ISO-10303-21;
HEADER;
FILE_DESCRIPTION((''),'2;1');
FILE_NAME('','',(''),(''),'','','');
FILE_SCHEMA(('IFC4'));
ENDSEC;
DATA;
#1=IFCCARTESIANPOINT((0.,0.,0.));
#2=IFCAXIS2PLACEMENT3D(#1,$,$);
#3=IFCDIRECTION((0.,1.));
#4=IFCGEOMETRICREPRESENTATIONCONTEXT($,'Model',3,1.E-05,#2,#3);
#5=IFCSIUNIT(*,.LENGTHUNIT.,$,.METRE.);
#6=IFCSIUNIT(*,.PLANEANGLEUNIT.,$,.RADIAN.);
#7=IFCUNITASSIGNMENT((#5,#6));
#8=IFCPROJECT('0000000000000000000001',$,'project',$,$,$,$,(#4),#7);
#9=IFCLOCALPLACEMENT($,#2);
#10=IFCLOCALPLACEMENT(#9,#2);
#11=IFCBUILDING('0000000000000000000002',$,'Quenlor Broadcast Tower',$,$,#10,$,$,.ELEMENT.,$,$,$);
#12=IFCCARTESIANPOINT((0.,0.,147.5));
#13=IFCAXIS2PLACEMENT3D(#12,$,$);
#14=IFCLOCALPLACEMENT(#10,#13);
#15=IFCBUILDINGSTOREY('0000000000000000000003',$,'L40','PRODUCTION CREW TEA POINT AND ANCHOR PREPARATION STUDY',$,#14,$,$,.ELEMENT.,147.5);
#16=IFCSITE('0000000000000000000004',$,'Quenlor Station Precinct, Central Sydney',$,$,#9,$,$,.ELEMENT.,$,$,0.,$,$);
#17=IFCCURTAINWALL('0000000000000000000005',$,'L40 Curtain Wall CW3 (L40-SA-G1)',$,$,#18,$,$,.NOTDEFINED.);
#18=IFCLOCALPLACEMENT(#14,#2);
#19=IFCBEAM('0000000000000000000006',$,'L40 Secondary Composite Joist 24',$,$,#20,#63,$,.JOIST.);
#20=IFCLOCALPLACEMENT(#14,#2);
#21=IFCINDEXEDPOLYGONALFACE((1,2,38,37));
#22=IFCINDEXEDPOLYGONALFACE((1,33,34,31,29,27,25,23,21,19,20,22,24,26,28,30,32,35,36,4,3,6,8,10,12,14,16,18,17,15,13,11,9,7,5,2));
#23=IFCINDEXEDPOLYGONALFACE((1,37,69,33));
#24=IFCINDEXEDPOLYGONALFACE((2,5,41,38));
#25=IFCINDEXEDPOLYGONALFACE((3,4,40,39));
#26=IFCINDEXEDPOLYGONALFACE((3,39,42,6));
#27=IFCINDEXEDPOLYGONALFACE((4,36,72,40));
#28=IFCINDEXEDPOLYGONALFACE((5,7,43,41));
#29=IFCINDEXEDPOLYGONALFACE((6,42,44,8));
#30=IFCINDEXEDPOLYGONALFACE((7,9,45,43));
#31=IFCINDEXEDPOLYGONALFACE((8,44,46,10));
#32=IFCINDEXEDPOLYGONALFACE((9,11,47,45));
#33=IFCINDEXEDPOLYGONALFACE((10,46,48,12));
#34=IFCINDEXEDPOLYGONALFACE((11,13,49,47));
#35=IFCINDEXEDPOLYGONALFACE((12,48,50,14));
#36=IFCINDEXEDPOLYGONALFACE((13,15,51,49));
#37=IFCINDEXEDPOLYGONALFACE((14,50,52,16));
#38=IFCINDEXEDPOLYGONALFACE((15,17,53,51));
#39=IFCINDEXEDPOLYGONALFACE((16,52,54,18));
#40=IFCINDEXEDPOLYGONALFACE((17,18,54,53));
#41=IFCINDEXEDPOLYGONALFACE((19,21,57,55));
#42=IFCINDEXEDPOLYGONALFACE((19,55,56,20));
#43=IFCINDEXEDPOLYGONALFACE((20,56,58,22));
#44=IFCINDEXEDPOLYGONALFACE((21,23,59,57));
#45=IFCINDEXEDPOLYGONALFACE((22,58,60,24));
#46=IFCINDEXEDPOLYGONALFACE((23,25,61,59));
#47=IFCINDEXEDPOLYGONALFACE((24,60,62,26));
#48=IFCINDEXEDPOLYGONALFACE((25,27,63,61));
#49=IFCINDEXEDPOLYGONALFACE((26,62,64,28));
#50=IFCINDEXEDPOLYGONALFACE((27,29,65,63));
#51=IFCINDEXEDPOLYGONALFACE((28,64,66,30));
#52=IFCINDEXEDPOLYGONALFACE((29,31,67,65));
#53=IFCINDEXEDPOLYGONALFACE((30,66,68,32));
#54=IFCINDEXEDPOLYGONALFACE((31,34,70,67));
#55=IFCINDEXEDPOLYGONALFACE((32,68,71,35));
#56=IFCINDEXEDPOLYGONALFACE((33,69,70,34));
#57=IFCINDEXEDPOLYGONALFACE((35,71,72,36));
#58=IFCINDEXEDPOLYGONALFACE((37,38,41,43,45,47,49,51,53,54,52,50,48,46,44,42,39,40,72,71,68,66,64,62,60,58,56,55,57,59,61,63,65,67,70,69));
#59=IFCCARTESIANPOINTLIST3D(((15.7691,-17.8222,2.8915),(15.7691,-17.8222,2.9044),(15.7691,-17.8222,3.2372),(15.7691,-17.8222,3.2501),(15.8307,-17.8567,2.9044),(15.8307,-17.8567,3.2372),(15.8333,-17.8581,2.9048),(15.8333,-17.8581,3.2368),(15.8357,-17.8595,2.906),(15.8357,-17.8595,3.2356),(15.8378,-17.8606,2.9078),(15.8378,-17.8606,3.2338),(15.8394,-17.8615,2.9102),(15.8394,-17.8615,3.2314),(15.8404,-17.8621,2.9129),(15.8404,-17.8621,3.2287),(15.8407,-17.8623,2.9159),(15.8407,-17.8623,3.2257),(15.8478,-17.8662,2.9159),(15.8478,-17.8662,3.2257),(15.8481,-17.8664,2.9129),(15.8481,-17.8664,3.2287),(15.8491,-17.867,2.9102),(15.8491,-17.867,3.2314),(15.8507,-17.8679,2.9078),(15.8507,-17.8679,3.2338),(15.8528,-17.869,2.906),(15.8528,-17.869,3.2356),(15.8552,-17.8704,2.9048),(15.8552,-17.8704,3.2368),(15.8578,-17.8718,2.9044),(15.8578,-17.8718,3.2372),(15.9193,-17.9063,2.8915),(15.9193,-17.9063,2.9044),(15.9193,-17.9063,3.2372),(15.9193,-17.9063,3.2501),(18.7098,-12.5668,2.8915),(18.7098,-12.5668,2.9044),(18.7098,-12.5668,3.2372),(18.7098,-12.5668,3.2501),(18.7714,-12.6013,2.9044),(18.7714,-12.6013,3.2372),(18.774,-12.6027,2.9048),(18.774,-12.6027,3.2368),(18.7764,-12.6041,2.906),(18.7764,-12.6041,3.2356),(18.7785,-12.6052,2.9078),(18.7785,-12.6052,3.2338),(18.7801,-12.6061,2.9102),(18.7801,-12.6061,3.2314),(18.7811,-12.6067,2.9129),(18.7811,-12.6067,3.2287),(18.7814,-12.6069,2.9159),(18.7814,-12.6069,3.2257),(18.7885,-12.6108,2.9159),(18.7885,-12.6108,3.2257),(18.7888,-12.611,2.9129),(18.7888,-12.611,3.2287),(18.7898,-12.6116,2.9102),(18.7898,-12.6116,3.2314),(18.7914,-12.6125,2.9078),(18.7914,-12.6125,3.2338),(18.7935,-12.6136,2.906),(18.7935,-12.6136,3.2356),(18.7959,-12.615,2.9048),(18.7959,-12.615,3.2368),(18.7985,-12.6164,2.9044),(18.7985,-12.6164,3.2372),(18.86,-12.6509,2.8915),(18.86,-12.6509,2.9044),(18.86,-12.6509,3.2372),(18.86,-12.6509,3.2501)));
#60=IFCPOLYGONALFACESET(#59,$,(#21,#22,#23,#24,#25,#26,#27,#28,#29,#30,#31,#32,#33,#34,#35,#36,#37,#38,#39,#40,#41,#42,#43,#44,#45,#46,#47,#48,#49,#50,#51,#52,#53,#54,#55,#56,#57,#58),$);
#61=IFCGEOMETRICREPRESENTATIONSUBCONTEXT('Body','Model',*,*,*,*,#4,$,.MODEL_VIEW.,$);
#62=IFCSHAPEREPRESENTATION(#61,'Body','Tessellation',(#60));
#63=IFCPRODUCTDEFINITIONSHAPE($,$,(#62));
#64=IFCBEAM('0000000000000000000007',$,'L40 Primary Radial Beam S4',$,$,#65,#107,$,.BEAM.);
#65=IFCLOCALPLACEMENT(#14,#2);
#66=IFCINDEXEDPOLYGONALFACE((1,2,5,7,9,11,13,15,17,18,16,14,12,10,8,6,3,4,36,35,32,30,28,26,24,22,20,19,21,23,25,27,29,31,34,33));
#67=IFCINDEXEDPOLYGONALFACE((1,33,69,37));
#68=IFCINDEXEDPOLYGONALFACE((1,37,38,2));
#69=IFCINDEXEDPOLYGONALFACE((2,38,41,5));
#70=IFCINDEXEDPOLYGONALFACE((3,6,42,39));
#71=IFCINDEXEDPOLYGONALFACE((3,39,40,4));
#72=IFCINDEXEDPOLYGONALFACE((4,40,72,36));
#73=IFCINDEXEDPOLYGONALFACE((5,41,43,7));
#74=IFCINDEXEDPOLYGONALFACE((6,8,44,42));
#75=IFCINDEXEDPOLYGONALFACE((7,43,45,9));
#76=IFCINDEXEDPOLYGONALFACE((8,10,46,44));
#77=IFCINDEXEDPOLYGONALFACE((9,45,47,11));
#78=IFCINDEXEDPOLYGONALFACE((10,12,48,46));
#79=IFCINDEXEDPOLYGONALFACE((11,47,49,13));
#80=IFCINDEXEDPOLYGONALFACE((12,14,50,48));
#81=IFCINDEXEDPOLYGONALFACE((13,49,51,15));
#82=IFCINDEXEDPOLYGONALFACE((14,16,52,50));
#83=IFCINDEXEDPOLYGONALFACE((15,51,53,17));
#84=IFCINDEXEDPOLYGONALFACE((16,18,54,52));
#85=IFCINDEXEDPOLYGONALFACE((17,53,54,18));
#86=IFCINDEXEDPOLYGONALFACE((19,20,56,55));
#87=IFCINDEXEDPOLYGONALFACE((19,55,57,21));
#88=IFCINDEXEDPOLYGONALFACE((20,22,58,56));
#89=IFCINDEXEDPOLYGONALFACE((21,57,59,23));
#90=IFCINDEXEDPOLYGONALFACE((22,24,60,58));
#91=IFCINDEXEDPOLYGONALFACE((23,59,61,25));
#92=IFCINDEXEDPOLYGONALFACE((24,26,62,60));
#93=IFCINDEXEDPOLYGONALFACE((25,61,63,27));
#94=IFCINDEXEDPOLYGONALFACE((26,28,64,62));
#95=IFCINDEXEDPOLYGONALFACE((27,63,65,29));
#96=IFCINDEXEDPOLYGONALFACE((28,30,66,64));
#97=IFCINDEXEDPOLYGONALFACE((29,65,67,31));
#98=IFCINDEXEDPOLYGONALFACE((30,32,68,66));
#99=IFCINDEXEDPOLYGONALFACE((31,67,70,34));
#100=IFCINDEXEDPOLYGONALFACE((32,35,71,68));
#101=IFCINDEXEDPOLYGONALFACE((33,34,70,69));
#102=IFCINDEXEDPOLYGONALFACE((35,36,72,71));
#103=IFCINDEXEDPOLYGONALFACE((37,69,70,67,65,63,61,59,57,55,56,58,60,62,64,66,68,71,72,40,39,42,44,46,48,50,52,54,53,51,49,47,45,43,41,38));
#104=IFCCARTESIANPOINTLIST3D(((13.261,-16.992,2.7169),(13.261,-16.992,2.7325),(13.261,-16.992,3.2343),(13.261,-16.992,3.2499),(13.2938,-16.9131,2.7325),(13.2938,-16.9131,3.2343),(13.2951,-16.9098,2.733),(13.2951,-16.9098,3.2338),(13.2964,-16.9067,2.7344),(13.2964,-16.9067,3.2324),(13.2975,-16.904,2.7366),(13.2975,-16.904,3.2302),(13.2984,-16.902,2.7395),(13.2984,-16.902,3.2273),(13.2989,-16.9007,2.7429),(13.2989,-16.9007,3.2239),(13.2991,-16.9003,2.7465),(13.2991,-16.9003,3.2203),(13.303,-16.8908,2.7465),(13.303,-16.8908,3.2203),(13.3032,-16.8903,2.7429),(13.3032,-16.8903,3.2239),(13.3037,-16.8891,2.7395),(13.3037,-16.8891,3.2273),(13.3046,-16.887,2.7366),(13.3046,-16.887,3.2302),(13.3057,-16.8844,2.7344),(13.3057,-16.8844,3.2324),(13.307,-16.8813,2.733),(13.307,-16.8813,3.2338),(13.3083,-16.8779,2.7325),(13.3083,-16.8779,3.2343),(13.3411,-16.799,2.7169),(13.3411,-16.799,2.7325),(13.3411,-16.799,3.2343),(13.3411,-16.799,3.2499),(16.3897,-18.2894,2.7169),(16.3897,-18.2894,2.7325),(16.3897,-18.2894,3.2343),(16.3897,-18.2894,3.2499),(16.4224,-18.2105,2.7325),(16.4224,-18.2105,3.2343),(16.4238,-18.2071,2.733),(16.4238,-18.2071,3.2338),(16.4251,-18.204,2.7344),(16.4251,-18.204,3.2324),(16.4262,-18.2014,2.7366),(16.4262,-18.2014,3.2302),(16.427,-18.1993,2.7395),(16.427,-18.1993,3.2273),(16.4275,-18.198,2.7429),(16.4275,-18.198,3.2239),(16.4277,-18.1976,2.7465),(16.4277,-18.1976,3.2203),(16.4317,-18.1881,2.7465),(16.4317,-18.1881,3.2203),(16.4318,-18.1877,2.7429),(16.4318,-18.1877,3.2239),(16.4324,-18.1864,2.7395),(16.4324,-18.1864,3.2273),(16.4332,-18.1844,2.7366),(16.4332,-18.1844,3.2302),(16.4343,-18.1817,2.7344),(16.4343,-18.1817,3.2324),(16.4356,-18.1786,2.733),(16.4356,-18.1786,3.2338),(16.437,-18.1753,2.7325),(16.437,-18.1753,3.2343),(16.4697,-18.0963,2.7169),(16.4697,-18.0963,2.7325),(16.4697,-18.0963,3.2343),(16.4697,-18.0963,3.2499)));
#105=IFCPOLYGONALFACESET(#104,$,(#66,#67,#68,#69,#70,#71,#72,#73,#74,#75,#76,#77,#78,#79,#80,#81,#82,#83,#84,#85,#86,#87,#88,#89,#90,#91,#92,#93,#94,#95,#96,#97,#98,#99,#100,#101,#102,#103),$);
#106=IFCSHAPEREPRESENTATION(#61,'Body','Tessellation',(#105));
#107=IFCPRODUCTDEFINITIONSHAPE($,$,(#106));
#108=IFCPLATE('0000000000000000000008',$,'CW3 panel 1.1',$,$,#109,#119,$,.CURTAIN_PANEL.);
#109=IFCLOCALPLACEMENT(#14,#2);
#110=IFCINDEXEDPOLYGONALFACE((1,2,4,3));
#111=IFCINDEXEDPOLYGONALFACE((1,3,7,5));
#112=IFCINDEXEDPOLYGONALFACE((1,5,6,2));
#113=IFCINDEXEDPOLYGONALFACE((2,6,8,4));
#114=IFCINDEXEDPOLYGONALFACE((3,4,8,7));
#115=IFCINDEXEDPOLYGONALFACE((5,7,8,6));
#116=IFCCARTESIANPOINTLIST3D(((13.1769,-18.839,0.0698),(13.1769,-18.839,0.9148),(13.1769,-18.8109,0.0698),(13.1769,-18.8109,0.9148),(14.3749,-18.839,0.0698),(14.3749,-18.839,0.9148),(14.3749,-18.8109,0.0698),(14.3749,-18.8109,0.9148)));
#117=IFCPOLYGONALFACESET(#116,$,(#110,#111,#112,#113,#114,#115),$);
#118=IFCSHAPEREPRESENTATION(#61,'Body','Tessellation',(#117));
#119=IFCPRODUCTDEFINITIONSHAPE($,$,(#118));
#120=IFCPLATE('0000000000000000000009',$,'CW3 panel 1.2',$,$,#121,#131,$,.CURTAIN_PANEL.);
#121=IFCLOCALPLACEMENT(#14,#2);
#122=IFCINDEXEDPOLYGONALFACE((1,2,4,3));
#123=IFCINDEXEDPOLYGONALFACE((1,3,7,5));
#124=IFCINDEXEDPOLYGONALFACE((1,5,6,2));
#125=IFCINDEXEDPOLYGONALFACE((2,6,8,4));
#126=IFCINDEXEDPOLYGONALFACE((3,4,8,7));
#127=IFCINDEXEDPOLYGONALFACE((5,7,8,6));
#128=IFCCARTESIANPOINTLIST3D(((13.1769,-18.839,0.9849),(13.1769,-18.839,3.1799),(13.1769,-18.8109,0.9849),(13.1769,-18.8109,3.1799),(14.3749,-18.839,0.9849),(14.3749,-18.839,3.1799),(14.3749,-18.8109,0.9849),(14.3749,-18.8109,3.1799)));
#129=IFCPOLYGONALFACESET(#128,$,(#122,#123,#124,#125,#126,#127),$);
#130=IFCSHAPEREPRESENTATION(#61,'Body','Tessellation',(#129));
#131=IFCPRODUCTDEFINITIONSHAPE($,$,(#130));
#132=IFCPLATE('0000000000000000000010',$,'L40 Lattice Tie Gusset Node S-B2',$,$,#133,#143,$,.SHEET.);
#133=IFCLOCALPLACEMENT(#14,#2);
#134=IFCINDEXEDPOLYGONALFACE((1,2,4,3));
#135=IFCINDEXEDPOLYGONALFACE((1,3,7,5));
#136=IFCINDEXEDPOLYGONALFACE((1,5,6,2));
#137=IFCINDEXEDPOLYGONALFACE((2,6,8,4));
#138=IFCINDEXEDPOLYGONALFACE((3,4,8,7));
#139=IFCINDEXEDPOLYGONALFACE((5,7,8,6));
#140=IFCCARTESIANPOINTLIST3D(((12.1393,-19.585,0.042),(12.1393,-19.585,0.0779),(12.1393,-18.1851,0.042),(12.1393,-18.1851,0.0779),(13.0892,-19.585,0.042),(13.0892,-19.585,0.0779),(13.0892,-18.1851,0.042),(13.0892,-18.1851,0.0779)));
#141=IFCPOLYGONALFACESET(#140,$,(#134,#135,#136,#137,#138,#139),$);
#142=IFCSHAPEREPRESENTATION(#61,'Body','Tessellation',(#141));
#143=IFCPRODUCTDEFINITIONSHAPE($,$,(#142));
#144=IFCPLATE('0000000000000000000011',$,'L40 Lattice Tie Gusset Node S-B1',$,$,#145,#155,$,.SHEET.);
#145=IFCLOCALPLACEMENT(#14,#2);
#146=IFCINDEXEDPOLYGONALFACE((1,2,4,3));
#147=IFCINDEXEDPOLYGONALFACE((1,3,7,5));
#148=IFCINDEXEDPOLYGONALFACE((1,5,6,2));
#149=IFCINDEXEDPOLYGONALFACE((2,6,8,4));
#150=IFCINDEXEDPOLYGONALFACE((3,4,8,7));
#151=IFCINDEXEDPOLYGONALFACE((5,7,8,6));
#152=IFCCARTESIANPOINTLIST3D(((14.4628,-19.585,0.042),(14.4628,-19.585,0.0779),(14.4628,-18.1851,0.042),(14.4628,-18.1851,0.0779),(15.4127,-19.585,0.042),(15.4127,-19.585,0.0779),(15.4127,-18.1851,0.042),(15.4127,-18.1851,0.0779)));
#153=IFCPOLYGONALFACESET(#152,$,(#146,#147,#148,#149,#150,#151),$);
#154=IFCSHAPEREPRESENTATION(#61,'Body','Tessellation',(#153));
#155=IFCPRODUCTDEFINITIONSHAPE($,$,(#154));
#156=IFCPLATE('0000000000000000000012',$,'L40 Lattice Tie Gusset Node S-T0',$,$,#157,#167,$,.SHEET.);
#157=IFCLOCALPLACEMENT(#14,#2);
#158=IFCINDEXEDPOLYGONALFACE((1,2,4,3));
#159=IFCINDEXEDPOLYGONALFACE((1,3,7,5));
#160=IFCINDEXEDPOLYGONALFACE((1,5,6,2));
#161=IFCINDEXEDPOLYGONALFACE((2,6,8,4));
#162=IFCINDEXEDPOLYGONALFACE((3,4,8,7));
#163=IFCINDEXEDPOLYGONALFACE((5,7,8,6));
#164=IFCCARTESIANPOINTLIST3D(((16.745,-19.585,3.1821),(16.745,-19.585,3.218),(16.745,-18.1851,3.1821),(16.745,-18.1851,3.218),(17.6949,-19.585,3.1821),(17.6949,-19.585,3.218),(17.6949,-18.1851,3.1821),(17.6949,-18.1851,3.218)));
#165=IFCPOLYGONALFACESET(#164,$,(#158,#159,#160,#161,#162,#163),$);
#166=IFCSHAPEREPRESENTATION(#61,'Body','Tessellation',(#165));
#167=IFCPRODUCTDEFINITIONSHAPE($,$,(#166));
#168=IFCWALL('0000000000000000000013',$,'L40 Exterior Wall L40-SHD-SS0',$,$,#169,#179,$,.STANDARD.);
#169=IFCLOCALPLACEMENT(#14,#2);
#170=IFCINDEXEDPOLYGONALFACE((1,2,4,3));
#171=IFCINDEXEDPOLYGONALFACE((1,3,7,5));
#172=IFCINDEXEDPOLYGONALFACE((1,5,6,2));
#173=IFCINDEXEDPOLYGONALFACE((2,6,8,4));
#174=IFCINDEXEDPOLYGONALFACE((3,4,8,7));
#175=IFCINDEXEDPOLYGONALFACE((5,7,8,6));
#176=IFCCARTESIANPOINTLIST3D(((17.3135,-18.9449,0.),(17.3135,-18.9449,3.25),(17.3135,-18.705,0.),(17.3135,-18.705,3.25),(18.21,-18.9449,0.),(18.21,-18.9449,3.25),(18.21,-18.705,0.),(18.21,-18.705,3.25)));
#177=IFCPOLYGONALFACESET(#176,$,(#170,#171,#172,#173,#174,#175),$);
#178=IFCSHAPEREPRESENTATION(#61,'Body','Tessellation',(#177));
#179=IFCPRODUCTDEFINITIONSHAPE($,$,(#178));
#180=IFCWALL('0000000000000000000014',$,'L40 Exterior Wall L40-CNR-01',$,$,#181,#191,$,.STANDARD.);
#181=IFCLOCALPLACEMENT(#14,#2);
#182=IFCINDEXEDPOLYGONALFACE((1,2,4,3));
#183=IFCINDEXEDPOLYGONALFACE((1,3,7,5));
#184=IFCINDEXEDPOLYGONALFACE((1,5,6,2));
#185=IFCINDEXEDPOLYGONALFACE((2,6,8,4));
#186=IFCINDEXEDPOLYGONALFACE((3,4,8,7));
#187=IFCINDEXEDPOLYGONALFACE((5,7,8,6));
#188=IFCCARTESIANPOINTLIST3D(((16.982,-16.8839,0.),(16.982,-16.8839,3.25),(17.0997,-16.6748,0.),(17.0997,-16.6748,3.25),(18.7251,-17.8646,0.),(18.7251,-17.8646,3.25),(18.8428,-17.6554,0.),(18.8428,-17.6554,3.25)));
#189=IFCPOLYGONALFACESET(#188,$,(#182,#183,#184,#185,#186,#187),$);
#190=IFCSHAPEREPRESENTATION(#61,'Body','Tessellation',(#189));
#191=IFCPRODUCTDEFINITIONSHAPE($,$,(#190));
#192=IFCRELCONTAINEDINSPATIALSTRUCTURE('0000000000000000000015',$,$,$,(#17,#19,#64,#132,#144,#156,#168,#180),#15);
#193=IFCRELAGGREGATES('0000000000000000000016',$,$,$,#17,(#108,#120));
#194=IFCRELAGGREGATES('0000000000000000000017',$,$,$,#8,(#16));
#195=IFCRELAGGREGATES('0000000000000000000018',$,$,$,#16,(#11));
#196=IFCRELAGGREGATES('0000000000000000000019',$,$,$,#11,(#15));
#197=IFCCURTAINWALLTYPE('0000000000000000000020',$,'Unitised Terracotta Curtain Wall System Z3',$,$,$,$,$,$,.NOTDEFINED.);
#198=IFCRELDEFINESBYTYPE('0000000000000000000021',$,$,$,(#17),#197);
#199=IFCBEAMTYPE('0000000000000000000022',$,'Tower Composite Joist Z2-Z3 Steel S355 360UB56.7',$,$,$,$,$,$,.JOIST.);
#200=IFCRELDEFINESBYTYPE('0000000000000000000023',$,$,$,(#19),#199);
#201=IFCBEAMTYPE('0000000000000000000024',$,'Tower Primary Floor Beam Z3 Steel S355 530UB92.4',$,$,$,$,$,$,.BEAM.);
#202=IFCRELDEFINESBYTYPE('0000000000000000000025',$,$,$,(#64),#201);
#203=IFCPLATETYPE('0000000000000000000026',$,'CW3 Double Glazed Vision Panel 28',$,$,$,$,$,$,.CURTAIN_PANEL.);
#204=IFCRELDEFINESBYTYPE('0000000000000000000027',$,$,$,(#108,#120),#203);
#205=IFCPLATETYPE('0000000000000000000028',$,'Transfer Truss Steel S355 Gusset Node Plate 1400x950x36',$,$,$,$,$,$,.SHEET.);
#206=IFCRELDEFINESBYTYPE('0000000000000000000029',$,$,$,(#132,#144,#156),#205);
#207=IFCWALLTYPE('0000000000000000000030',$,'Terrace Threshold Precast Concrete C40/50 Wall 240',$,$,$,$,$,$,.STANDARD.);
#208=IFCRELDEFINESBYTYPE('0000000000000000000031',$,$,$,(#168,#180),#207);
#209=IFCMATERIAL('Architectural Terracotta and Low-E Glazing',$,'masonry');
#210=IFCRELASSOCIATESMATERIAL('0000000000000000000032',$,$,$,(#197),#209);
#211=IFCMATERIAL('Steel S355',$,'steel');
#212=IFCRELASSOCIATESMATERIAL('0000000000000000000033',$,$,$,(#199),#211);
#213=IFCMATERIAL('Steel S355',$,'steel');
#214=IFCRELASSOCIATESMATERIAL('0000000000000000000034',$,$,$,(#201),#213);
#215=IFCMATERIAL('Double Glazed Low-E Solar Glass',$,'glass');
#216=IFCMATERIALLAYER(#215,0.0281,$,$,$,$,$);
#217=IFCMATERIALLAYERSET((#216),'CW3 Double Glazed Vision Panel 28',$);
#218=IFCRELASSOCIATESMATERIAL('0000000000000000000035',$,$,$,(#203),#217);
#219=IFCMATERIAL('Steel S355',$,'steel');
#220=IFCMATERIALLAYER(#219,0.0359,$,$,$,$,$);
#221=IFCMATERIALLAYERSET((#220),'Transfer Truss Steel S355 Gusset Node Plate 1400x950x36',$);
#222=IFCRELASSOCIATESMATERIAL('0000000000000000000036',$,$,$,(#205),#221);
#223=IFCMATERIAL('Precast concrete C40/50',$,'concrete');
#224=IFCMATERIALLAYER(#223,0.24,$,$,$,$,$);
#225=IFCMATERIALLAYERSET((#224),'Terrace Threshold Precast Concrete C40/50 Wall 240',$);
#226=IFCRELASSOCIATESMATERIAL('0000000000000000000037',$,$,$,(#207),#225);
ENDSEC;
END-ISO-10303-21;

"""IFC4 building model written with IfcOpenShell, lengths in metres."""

from ifc_helpers import new_model, si_unit, direction, frame, frame_2d, origin, origin_2d, place, context, subcontext, project, spatial, rectangle, i_section, extrude, material, layer, layer_set, material_profile, profile_set, type_object, element, aggregate, save


model = new_model("IFC4")

# Units and contexts
model_context = context("Model", 3, precision=1e-05, world=origin(), true_north=direction((0.0, 1.0)))
body_context = subcontext(model_context, "Body", "Model", "MODEL_VIEW")
ifc_project = project(units=[si_unit("LENGTHUNIT", "METRE"), si_unit("PLANEANGLEUNIT", "RADIAN")], contexts=[model_context])

# Site, building, storey
site_placement = place(None, origin())
site = spatial("IfcSite", under=ifc_project, at=site_placement, Name="Quenlor Station Precinct, Central Sydney", CompositionType="ELEMENT", RefElevation=0.0)
building_placement = place(site_placement, origin())
building = spatial("IfcBuilding", under=site, at=building_placement, Name="Quenlor Broadcast Tower", CompositionType="ELEMENT")
storey_placement = place(building_placement, frame((0.0, 0.0, 147.5)))
storey = spatial("IfcBuildingStorey", under=building, at=storey_placement, Name="L40", Description="PRODUCTION CREW TEA POINT AND ANCHOR PREPARATION STUDY", CompositionType="ELEMENT", Elevation=147.5)

# Curtain wall
ifc_material_1 = material(Name="Architectural Terracotta and Low-E Glazing", Category="masonry")
curtain_wall_type = type_object("IfcCurtainWallType", Name="Unitised Terracotta Curtain Wall System Z3", PredefinedType="NOTDEFINED", material=ifc_material_1)
curtain_wall_placement = place(storey_placement, origin())
curtain_wall = element("IfcCurtainWall", 1, at=curtain_wall_placement, inside=storey, type_object=curtain_wall_type, Name="L40 Curtain Wall CW3 (L40-SA-G1)", PredefinedType="NOTDEFINED")

# Beams
ifc_material_2 = material(Name="Steel S355", Category="steel")
ifc_material_profile_1 = material_profile(ifc_material_2, i_section(OverallWidth=0.1721, OverallDepth=0.3586, WebThickness=0.0081, FlangeThickness=0.0129, FilletRadius=0.0115, at=origin_2d()))
ifc_profile_set_1 = profile_set([ifc_material_profile_1], Name="Steel S355 360UB56.7")
beam_type_1 = type_object("IfcBeamType", Name="Tower Composite Joist Z2-Z3 Steel S355 360UB56.7", PredefinedType="JOIST", material=ifc_profile_set_1)
beam_1_placement = place(storey_placement, frame((15.8442, -17.8643, 3.0708), z_axis=(0.488308, 0.872671, 0.0), x_axis=(-0.872671, 0.488308, 0.0)))
element("IfcBeam", 2, at=beam_1_placement, inside=storey, type_object=beam_type_1, Name="L40 Secondary Composite Joist 24", PredefinedType="JOIST", context=body_context, shape_type="SweptSolid", body=[
    extrude(i_section(OverallWidth=0.1721, OverallDepth=0.3586, WebThickness=0.0081, FlangeThickness=0.0129, FilletRadius=0.0115, at=origin_2d()), origin(), (0.0, 0.0, 1.0), 6.0222),
])
ifc_material_3 = material(Name="Steel S355", Category="steel")
ifc_material_profile_2 = material_profile(ifc_material_3, i_section(OverallWidth=0.209, OverallDepth=0.533, WebThickness=0.0103, FlangeThickness=0.0156, FilletRadius=0.0139, at=origin_2d()))
ifc_profile_set_2 = profile_set([ifc_material_profile_2], Name="Steel S355 530UB92.4")
beam_type_2 = type_object("IfcBeamType", Name="Tower Primary Floor Beam Z3 Steel S355 530UB92.4", PredefinedType="BEAM", material=ifc_profile_set_2)
beam_2_placement = place(storey_placement, frame((16.4297, -18.1929, 2.9834), z_axis=(-0.92373, 0.383044, 0.0), x_axis=(-0.383044, -0.92373, 0.0)))
element("IfcBeam", 3, at=beam_2_placement, inside=storey, type_object=beam_type_2, Name="L40 Primary Radial Beam S4", PredefinedType="BEAM", context=body_context, shape_type="SweptSolid", body=[
    extrude(i_section(OverallWidth=0.209, OverallDepth=0.533, WebThickness=0.0103, FlangeThickness=0.0156, FilletRadius=0.0139, at=origin_2d()), origin(), (0.0, 0.0, 1.0), 3.387),
])

# Plates
ifc_material_4 = material(Name="Double Glazed Low-E Solar Glass", Category="glass")
ifc_layer_1 = layer(ifc_material_4, 0.0281)
ifc_layer_set_1 = layer_set([ifc_layer_1], Name="CW3 Double Glazed Vision Panel 28")
plate_type_1 = type_object("IfcPlateType", Name="CW3 Double Glazed Vision Panel 28", PredefinedType="CURTAIN_PANEL", material=ifc_layer_set_1)
plate_1_placement = place(storey_placement, frame((13.7759, -18.825, 0.0698), z_axis=(0.0, 0.0, 1.0), x_axis=(-1.0, 0.0, 0.0)))
plate_1 = element("IfcPlate", 4, at=plate_1_placement, type_object=plate_type_1, Name="CW3 panel 1.1", PredefinedType="CURTAIN_PANEL", context=body_context, shape_type="SweptSolid", body=[
    extrude(rectangle(XDim=1.198, YDim=0.0281, at=origin_2d()), origin(), (0.0, 0.0, 1.0), 0.845),
])
plate_2_placement = place(storey_placement, frame((13.7759, -18.825, 0.9849), z_axis=(0.0, 0.0, 1.0), x_axis=(-1.0, 0.0, 0.0)))
plate_2 = element("IfcPlate", 5, at=plate_2_placement, type_object=plate_type_1, Name="CW3 panel 1.2", PredefinedType="CURTAIN_PANEL", context=body_context, shape_type="SweptSolid", body=[
    extrude(rectangle(XDim=1.198, YDim=0.0281, at=origin_2d()), origin(), (0.0, 0.0, 1.0), 2.1951),
])
aggregate(curtain_wall, [plate_1, plate_2])

# Plates
ifc_material_5 = material(Name="Steel S355", Category="steel")
ifc_layer_2 = layer(ifc_material_5, 0.0359)
ifc_layer_set_2 = layer_set([ifc_layer_2], Name="Transfer Truss Steel S355 Gusset Node Plate 1400x950x36")
plate_type_2 = type_object("IfcPlateType", Name="Transfer Truss Steel S355 Gusset Node Plate 1400x950x36", PredefinedType="SHEET", material=ifc_layer_set_2)
for number, where, z_axis, x_axis, name in (
    (6, (12.6143, -18.885, 0.042), (0.0, 0.0, 1.0), (0.0, -1.0, 0.0), "L40 Lattice Tie Gusset Node S-B2"),
    (7, (14.9377, -18.885, 0.042), (0.0, 0.0, 1.0), (0.0, -1.0, 0.0), "L40 Lattice Tie Gusset Node S-B1"),
    (8, (17.22, -18.885, 3.1821), (0.0, 0.0, 1.0), (0.0, -1.0, 0.0), "L40 Lattice Tie Gusset Node S-T0"),
):
    element("IfcPlate", number, at=place(storey_placement, frame(where, z_axis=z_axis, x_axis=x_axis)), inside=storey, type_object=plate_type_2, Name=name, PredefinedType="SHEET", context=body_context, shape_type="SweptSolid", body=[
        extrude(rectangle(XDim=1.3999, YDim=0.95, at=origin_2d()), origin(), (0.0, 0.0, 1.0), 0.0359),
    ])

# Walls
ifc_material_6 = material(Name="Precast concrete C40/50", Category="concrete")
ifc_layer_3 = layer(ifc_material_6, 0.24)
ifc_layer_set_3 = layer_set([ifc_layer_3], Name="Terrace Threshold Precast Concrete C40/50 Wall 240")
wall_type_1 = type_object("IfcWallType", Name="Terrace Threshold Precast Concrete C40/50 Wall 240", PredefinedType="STANDARD", material=ifc_layer_set_3)
wall_1_placement = place(storey_placement, frame((18.21, -18.825, 0.0), z_axis=(0.0, 0.0, 1.0), x_axis=(-1.0, 0.0, 0.0)))
element("IfcWall", 9, at=wall_1_placement, inside=storey, type_object=wall_type_1, Name="L40 Exterior Wall L40-SHD-SS0", PredefinedType="STANDARD", context=body_context, shape_type="SweptSolid", body=[
    extrude(rectangle(XDim=0.8965, YDim=0.24, at=frame_2d((0.4482, 0.0))), origin(), (0.0, 0.0, 1.0), 3.25),
])
wall_2_placement = place(storey_placement, frame((18.7839, -17.76, 0.0), z_axis=(0.0, 0.0, 1.0), x_axis=(-0.871536, 0.490331, 0.0)))
element("IfcWall", 10, at=wall_2_placement, inside=storey, type_object=wall_type_1, Name="L40 Exterior Wall L40-CNR-01", PredefinedType="STANDARD", context=body_context, shape_type="SweptSolid", body=[
    extrude(rectangle(XDim=2.0, YDim=0.24, at=frame_2d((1.0, 0.0))), origin(), (0.0, 0.0, 1.0), 3.25),
])

save(model, "model.ifc")
